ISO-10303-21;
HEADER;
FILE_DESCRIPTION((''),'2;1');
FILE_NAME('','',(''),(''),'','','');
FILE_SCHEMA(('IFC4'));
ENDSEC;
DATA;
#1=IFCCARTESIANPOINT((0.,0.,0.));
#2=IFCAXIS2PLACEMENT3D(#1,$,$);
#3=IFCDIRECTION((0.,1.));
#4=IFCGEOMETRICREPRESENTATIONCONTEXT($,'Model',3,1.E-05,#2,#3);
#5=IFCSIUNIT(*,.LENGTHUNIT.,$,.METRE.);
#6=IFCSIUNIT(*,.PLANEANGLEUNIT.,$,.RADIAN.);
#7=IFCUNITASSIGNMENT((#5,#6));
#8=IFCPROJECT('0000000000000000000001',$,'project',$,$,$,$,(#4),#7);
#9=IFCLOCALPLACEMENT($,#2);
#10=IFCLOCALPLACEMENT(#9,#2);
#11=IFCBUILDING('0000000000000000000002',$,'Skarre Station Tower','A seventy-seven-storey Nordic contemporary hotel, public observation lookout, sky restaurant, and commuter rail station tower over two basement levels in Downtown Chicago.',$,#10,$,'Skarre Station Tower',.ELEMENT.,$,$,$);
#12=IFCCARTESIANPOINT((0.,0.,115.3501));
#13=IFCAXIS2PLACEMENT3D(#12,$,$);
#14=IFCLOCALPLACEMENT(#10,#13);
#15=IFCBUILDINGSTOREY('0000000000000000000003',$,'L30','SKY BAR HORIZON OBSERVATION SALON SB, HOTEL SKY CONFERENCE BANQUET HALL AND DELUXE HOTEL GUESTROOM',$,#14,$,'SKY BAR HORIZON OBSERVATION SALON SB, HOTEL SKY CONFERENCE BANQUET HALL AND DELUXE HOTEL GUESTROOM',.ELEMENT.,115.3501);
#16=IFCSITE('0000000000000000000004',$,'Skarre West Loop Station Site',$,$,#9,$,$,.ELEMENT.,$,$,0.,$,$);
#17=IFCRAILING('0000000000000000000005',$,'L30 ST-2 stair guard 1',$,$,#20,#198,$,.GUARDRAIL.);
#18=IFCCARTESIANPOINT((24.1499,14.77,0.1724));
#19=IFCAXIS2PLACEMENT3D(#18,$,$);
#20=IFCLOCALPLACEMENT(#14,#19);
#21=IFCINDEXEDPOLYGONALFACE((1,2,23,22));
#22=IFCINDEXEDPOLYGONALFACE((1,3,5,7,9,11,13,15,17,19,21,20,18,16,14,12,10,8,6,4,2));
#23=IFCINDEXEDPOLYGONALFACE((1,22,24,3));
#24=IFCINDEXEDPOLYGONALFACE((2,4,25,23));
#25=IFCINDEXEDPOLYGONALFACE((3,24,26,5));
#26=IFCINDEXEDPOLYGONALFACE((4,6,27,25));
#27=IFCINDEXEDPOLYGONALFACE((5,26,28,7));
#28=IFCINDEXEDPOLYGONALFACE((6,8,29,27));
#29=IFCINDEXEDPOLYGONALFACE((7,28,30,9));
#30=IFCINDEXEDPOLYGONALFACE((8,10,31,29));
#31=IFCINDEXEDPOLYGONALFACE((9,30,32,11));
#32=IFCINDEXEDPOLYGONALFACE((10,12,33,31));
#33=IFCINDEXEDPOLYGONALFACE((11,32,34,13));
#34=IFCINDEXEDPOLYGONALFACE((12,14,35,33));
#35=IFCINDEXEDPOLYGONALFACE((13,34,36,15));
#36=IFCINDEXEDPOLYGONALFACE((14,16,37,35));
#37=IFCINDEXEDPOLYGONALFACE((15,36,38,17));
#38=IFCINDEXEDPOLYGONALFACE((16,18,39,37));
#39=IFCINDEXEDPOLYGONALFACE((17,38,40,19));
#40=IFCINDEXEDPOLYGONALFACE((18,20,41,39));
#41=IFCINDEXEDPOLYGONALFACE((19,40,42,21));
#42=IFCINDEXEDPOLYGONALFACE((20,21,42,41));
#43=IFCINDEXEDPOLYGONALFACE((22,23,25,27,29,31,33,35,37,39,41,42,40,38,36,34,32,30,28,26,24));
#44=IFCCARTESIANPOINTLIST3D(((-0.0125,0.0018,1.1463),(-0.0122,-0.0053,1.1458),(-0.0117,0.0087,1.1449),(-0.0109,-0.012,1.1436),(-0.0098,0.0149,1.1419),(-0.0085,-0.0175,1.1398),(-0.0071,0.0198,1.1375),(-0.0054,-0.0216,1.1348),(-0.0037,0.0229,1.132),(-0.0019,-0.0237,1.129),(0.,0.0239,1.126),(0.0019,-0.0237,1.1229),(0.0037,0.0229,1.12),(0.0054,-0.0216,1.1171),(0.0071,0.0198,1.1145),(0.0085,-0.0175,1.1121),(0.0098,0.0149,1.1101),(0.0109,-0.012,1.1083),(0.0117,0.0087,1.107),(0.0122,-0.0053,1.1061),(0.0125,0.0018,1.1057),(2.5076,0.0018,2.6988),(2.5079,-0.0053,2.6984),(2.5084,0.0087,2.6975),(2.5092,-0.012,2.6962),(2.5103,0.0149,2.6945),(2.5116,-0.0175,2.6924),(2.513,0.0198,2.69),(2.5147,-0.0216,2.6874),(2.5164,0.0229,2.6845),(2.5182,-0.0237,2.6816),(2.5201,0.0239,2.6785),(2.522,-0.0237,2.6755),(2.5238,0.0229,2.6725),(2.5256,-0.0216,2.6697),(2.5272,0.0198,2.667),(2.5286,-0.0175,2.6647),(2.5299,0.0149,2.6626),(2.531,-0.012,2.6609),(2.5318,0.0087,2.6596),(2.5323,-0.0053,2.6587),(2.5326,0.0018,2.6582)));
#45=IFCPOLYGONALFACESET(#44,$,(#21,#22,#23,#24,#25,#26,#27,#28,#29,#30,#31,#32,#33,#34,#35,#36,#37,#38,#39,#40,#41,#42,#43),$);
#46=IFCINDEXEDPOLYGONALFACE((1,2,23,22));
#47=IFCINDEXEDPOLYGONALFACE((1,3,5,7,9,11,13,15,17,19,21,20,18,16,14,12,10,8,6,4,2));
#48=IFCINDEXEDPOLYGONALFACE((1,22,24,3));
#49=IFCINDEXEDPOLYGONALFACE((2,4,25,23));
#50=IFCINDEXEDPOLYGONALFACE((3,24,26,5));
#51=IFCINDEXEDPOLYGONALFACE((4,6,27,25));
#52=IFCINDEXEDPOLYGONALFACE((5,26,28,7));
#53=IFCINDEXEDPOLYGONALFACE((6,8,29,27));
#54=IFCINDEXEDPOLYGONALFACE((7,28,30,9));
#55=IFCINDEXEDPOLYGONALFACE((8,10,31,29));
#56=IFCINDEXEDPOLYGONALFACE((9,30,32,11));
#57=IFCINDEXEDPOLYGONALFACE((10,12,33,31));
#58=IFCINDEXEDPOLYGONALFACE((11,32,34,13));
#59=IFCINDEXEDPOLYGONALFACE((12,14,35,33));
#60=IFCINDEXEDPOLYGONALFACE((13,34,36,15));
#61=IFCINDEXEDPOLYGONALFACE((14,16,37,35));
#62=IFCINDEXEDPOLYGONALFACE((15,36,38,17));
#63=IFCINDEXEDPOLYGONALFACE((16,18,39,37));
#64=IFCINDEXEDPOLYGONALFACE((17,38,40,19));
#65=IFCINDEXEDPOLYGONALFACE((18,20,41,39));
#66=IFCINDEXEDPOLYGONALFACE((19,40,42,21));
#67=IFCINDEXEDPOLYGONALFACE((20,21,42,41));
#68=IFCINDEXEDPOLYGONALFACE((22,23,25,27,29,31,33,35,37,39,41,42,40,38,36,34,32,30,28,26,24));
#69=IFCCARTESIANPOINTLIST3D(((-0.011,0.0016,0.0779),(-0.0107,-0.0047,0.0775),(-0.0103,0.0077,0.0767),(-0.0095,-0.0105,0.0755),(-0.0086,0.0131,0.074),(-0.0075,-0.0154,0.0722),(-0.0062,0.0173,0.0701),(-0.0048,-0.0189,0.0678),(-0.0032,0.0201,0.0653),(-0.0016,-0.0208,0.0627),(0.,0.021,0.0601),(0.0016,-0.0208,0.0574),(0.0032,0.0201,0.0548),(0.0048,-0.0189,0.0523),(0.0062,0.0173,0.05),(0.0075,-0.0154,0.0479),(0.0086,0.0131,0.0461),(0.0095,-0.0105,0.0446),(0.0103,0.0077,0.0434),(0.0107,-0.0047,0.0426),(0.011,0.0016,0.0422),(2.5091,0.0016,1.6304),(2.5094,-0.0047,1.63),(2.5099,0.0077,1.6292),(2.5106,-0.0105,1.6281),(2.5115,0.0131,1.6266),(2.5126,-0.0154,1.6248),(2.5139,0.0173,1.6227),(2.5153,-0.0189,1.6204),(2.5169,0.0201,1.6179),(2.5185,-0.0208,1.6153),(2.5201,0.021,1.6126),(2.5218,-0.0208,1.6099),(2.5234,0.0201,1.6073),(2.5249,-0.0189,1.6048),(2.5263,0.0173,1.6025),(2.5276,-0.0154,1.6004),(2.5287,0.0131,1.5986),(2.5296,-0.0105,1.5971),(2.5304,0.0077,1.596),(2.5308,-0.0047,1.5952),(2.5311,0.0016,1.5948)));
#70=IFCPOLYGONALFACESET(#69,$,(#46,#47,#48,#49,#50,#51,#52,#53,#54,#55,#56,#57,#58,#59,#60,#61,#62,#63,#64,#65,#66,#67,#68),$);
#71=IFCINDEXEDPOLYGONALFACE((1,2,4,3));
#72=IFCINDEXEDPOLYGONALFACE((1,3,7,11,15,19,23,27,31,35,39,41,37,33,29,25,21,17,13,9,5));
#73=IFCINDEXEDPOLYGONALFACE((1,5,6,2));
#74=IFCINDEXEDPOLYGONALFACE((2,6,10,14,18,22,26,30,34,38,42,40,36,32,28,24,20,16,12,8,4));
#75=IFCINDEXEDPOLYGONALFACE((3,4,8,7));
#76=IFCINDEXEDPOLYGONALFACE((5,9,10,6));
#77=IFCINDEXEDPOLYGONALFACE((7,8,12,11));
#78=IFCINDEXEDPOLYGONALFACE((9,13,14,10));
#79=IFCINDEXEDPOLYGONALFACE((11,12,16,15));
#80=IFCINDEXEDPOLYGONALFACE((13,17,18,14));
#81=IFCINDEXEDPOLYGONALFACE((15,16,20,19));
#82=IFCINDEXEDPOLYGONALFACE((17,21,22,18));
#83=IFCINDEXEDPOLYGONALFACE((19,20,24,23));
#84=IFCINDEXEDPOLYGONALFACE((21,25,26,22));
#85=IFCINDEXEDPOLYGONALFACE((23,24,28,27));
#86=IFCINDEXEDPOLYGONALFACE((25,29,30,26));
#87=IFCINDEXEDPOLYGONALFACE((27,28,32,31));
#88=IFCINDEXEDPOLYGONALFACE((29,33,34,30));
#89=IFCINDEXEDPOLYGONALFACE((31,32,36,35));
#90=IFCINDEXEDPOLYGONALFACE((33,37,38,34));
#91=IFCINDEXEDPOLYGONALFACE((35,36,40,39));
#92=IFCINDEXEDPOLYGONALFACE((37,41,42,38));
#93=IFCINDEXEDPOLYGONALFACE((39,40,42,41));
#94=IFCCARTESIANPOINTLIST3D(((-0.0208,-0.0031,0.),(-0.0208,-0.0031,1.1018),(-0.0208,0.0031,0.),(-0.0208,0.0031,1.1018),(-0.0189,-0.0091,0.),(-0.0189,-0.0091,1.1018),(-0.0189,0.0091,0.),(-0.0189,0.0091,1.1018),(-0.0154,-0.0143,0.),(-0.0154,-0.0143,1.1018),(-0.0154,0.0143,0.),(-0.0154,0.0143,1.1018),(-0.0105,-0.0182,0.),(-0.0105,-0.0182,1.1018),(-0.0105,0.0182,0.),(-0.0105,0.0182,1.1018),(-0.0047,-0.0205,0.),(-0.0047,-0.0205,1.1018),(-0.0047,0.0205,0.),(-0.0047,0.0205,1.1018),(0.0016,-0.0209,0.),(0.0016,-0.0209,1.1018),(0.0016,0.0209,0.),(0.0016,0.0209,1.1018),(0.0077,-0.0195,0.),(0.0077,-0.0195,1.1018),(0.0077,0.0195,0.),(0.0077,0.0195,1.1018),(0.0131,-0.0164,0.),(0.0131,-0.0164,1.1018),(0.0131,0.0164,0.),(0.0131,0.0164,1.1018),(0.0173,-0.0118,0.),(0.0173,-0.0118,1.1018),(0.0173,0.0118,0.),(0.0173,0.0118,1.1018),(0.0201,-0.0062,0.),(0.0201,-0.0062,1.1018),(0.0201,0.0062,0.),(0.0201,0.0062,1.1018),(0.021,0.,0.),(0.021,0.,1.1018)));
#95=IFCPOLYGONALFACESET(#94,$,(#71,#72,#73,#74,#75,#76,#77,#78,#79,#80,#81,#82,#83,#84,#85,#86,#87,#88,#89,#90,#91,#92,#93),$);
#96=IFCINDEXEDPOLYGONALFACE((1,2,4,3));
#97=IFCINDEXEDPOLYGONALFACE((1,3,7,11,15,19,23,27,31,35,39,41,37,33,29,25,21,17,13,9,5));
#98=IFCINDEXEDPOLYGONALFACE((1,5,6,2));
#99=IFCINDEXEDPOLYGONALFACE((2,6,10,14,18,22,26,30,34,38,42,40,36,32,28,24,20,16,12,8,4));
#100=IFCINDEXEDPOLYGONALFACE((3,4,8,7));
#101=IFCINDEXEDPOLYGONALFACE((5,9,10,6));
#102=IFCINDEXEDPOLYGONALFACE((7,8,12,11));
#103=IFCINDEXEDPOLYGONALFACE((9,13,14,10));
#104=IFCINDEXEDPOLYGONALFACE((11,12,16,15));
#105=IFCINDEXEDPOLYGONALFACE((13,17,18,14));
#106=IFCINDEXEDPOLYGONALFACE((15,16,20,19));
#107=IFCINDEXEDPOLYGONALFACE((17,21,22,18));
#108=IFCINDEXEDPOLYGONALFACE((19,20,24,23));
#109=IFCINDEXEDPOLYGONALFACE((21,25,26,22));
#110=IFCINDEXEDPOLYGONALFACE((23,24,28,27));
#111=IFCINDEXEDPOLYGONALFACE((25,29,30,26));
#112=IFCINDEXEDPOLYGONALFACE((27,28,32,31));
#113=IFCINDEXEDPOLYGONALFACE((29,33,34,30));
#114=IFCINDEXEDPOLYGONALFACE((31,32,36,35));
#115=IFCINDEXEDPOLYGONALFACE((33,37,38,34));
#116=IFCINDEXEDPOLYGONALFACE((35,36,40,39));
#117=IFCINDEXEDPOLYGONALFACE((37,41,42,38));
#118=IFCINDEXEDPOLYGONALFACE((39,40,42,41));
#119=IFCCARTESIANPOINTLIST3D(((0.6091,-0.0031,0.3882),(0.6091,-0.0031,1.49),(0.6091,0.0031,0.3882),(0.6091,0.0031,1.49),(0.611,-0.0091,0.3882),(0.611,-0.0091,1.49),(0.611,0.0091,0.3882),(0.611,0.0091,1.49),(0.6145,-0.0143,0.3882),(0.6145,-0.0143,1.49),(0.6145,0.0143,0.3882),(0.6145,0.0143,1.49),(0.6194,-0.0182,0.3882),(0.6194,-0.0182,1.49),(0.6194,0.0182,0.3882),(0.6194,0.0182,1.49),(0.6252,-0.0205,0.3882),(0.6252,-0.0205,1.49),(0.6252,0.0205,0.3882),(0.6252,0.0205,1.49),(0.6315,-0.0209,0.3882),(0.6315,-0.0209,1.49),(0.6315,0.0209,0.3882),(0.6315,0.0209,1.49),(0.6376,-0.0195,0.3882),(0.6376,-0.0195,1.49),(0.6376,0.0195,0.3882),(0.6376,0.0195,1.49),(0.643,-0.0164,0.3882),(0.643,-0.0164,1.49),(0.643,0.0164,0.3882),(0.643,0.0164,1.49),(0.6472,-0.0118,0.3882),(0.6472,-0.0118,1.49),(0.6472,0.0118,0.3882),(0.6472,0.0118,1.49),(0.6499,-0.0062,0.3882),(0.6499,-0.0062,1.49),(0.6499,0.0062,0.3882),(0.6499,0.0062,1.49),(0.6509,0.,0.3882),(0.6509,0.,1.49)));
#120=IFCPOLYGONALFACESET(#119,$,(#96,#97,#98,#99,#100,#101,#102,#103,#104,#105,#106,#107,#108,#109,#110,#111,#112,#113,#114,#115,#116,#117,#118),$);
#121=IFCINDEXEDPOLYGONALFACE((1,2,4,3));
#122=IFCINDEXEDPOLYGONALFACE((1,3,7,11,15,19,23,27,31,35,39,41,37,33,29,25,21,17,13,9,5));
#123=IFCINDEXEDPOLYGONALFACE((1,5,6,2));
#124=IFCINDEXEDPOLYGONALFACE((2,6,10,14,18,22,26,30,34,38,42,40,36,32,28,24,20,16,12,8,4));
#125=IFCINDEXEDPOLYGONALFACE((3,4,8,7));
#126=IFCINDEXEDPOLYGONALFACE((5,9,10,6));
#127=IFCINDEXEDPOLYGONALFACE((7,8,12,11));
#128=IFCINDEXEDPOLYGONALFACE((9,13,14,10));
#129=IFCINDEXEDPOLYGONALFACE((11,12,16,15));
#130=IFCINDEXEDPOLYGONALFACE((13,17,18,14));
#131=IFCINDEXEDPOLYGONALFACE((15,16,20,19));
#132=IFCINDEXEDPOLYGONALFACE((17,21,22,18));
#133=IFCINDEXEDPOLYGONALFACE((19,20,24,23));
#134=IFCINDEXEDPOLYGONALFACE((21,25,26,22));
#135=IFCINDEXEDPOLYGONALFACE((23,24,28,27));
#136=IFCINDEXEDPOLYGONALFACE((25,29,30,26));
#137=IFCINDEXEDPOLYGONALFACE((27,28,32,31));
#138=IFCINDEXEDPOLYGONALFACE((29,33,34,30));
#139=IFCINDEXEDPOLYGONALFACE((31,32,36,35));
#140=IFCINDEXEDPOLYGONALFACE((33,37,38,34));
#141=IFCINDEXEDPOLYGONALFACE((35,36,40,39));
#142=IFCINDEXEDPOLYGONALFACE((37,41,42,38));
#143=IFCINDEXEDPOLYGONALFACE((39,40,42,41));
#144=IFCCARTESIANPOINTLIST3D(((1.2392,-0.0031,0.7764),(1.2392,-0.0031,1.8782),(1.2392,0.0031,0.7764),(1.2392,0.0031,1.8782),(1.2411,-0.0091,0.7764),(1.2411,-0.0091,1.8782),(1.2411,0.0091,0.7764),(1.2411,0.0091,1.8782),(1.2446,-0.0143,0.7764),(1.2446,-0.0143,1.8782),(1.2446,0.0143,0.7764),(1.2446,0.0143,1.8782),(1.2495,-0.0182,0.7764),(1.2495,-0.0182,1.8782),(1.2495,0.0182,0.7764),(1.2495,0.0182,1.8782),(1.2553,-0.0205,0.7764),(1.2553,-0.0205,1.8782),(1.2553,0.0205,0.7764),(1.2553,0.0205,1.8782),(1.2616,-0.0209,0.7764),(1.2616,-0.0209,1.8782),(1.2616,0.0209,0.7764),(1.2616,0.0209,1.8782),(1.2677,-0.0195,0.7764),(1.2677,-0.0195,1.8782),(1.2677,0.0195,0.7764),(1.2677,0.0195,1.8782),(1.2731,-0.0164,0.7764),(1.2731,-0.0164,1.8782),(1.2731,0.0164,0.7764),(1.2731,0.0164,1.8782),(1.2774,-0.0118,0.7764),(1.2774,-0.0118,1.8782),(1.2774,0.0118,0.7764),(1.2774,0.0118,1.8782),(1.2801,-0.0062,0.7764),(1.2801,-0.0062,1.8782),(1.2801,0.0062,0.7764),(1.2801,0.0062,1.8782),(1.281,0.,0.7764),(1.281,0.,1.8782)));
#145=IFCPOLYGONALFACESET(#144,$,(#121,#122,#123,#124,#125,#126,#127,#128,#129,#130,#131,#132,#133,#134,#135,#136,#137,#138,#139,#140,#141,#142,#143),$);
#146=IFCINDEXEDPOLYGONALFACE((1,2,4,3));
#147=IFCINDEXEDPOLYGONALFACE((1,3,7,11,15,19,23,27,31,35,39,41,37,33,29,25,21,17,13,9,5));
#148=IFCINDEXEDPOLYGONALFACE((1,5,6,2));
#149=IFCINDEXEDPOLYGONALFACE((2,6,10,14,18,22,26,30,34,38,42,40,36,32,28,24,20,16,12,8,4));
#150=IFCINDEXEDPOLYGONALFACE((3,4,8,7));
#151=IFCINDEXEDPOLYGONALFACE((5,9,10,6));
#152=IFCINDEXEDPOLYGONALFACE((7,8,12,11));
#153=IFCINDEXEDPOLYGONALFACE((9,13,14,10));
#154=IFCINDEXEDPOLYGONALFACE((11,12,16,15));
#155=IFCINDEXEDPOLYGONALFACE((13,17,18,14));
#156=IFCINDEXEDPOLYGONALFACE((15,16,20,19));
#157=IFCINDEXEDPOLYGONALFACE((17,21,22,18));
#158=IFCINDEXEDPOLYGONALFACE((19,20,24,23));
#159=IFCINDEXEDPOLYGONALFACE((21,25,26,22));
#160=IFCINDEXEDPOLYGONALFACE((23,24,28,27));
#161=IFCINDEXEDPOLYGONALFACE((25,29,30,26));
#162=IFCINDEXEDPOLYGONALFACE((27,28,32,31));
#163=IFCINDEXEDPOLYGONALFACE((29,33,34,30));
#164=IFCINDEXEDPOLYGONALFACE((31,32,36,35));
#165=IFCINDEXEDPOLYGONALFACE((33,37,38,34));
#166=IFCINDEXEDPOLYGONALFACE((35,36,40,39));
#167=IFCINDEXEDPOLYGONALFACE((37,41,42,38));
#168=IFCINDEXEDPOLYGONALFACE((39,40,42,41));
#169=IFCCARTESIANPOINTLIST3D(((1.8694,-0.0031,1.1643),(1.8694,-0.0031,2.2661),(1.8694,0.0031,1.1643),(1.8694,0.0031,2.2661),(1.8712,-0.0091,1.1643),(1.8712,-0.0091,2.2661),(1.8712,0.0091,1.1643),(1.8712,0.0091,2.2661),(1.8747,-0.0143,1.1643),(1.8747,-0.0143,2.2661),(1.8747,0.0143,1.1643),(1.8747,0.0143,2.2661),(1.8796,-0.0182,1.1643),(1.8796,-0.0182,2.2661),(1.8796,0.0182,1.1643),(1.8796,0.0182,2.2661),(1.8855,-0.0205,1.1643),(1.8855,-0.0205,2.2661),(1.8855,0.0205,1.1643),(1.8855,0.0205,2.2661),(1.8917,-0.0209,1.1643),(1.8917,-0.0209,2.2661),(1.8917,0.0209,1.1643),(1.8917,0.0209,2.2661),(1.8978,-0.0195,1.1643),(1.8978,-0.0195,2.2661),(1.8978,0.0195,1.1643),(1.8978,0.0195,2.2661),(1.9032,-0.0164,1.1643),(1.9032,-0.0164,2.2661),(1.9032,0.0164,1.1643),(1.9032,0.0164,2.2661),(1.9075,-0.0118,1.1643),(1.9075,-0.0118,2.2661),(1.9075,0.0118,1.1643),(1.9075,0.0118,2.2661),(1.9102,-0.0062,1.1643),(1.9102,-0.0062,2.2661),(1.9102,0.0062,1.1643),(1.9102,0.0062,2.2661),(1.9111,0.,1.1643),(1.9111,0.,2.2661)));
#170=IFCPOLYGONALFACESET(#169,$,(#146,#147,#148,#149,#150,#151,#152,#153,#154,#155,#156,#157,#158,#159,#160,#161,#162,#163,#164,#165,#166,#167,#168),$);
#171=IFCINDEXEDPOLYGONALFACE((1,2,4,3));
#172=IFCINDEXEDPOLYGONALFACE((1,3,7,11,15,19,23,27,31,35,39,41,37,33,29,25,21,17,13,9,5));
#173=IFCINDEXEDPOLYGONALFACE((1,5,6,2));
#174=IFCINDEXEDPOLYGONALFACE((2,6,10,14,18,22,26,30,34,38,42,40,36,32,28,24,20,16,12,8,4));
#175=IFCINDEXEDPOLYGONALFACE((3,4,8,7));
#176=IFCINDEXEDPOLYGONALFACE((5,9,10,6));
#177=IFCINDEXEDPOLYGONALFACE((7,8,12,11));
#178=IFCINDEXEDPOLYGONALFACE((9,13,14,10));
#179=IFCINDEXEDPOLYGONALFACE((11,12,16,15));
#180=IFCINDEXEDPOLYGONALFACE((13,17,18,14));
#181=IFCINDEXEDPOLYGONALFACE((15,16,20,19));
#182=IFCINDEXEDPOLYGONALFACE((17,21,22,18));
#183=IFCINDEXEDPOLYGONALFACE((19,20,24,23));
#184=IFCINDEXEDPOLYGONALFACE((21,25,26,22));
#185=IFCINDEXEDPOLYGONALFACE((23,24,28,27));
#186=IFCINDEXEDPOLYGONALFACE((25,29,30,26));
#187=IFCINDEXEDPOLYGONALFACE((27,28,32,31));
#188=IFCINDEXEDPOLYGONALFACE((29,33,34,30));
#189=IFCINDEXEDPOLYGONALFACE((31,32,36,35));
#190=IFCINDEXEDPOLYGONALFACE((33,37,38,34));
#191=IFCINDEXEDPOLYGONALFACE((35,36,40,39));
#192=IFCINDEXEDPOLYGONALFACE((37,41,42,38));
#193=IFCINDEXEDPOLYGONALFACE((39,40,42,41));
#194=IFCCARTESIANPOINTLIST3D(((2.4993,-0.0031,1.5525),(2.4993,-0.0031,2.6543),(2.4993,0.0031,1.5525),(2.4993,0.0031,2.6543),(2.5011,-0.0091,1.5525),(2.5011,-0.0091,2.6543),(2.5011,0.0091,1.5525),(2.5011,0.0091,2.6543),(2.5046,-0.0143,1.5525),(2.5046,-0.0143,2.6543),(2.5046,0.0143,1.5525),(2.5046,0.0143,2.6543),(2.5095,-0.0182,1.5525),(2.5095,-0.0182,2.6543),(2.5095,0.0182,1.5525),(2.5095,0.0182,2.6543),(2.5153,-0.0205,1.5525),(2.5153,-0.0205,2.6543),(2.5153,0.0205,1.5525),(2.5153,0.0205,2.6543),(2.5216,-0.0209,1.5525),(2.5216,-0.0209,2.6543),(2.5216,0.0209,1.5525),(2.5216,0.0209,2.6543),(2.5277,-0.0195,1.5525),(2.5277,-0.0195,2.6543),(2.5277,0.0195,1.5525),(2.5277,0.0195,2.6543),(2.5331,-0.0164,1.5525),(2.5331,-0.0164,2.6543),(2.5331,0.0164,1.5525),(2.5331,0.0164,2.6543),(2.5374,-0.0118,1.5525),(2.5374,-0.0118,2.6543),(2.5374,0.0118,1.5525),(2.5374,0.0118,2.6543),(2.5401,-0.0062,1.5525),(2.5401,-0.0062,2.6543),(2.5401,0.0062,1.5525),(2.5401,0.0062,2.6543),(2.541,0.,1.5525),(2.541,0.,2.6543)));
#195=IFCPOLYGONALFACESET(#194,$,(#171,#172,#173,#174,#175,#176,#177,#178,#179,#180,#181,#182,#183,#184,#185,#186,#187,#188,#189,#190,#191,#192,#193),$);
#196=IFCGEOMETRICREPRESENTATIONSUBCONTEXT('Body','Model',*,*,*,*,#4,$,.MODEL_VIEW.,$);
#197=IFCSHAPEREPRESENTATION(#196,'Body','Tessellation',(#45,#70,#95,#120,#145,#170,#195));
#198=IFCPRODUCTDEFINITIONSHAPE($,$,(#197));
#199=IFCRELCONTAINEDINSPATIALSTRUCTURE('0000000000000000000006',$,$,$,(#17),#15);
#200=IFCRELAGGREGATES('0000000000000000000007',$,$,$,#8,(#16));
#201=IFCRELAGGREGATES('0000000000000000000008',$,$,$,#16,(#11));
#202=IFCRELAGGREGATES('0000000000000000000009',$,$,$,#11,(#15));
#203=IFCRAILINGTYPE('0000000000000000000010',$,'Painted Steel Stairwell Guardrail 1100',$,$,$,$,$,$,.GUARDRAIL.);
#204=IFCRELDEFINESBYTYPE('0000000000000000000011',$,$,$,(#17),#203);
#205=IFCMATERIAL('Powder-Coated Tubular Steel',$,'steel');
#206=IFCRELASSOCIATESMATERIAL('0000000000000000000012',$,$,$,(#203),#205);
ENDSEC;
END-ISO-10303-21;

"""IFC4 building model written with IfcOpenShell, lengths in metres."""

from ifc_helpers import new_model, si_unit, direction, frame, origin, origin_2d, place, context, subcontext, project, spatial, circle, extrude, material, type_object, element, save


model = new_model("IFC4")

# Units and contexts
model_context = context("Model", 3, precision=1e-05, world=origin(), true_north=direction((0.0, 1.0)))
body_context = subcontext(model_context, "Body", "Model", "MODEL_VIEW")
ifc_project = project(units=[si_unit("LENGTHUNIT", "METRE"), si_unit("PLANEANGLEUNIT", "RADIAN")], contexts=[model_context])

# Site, building, storey
site_placement = place(None, origin())
site = spatial("IfcSite", under=ifc_project, at=site_placement, Name="Skarre West Loop Station Site", CompositionType="ELEMENT", RefElevation=0.0)
building_placement = place(site_placement, origin())
building = spatial("IfcBuilding", under=site, at=building_placement, Name="Skarre Station Tower", Description="A seventy-seven-storey Nordic contemporary hotel, public observation lookout, sky restaurant, and commuter rail station tower over two basement levels in Downtown Chicago.", LongName="Skarre Station Tower", CompositionType="ELEMENT")
storey_placement = place(building_placement, frame((0.0, 0.0, 115.3501)))
storey = spatial("IfcBuildingStorey", under=building, at=storey_placement, Name="L30", Description="SKY BAR HORIZON OBSERVATION SALON SB, HOTEL SKY CONFERENCE BANQUET HALL AND DELUXE HOTEL GUESTROOM", LongName="SKY BAR HORIZON OBSERVATION SALON SB, HOTEL SKY CONFERENCE BANQUET HALL AND DELUXE HOTEL GUESTROOM", CompositionType="ELEMENT", Elevation=115.3501)

# Railing
ifc_material_1 = material(Name="Powder-Coated Tubular Steel", Category="steel")
railing_type_1 = type_object("IfcRailingType", Name="Painted Steel Stairwell Guardrail 1100", PredefinedType="GUARDRAIL", material=ifc_material_1)
railing_1_placement = place(storey_placement, frame((24.1499, 14.77, 0.1724)))
element("IfcRailing", 1, at=railing_1_placement, inside=storey, type_object=railing_type_1, Name="L30 ST-2 stair guard 1", PredefinedType="GUARDRAIL", context=body_context, shape_type="SweptSolid", body=[
    extrude(circle(Radius=0.0239, at=origin_2d()), frame((0.0, 0.0, 1.126), z_axis=(0.8514, 0.0, 0.524516), x_axis=(0.0, 1.0, 0.0)), (0.0, 0.0, 1.0), 2.96),
    extrude(circle(Radius=0.021, at=origin_2d()), frame((0.0, 0.0, 0.0601), z_axis=(0.8514, 0.0, 0.524516), x_axis=(0.0, 1.0, 0.0)), (0.0, 0.0, 1.0), 2.96),
    extrude(circle(Radius=0.021, at=origin_2d()), origin(), (0.0, 0.0, 1.0), 1.1018),
    extrude(circle(Radius=0.021, at=origin_2d()), frame((0.6299, 0.0, 0.3882)), (0.0, 0.0, 1.0), 1.1018),
    extrude(circle(Radius=0.021, at=origin_2d()), frame((1.26, 0.0, 0.7764)), (0.0, 0.0, 1.0), 1.1018),
    extrude(circle(Radius=0.021, at=origin_2d()), frame((1.8901, 0.0, 1.1643)), (0.0, 0.0, 1.0), 1.1018),
    extrude(circle(Radius=0.021, at=origin_2d()), frame((2.52, 0.0, 1.5525)), (0.0, 0.0, 1.0), 1.1018),
])

save(model, "model.ifc")
